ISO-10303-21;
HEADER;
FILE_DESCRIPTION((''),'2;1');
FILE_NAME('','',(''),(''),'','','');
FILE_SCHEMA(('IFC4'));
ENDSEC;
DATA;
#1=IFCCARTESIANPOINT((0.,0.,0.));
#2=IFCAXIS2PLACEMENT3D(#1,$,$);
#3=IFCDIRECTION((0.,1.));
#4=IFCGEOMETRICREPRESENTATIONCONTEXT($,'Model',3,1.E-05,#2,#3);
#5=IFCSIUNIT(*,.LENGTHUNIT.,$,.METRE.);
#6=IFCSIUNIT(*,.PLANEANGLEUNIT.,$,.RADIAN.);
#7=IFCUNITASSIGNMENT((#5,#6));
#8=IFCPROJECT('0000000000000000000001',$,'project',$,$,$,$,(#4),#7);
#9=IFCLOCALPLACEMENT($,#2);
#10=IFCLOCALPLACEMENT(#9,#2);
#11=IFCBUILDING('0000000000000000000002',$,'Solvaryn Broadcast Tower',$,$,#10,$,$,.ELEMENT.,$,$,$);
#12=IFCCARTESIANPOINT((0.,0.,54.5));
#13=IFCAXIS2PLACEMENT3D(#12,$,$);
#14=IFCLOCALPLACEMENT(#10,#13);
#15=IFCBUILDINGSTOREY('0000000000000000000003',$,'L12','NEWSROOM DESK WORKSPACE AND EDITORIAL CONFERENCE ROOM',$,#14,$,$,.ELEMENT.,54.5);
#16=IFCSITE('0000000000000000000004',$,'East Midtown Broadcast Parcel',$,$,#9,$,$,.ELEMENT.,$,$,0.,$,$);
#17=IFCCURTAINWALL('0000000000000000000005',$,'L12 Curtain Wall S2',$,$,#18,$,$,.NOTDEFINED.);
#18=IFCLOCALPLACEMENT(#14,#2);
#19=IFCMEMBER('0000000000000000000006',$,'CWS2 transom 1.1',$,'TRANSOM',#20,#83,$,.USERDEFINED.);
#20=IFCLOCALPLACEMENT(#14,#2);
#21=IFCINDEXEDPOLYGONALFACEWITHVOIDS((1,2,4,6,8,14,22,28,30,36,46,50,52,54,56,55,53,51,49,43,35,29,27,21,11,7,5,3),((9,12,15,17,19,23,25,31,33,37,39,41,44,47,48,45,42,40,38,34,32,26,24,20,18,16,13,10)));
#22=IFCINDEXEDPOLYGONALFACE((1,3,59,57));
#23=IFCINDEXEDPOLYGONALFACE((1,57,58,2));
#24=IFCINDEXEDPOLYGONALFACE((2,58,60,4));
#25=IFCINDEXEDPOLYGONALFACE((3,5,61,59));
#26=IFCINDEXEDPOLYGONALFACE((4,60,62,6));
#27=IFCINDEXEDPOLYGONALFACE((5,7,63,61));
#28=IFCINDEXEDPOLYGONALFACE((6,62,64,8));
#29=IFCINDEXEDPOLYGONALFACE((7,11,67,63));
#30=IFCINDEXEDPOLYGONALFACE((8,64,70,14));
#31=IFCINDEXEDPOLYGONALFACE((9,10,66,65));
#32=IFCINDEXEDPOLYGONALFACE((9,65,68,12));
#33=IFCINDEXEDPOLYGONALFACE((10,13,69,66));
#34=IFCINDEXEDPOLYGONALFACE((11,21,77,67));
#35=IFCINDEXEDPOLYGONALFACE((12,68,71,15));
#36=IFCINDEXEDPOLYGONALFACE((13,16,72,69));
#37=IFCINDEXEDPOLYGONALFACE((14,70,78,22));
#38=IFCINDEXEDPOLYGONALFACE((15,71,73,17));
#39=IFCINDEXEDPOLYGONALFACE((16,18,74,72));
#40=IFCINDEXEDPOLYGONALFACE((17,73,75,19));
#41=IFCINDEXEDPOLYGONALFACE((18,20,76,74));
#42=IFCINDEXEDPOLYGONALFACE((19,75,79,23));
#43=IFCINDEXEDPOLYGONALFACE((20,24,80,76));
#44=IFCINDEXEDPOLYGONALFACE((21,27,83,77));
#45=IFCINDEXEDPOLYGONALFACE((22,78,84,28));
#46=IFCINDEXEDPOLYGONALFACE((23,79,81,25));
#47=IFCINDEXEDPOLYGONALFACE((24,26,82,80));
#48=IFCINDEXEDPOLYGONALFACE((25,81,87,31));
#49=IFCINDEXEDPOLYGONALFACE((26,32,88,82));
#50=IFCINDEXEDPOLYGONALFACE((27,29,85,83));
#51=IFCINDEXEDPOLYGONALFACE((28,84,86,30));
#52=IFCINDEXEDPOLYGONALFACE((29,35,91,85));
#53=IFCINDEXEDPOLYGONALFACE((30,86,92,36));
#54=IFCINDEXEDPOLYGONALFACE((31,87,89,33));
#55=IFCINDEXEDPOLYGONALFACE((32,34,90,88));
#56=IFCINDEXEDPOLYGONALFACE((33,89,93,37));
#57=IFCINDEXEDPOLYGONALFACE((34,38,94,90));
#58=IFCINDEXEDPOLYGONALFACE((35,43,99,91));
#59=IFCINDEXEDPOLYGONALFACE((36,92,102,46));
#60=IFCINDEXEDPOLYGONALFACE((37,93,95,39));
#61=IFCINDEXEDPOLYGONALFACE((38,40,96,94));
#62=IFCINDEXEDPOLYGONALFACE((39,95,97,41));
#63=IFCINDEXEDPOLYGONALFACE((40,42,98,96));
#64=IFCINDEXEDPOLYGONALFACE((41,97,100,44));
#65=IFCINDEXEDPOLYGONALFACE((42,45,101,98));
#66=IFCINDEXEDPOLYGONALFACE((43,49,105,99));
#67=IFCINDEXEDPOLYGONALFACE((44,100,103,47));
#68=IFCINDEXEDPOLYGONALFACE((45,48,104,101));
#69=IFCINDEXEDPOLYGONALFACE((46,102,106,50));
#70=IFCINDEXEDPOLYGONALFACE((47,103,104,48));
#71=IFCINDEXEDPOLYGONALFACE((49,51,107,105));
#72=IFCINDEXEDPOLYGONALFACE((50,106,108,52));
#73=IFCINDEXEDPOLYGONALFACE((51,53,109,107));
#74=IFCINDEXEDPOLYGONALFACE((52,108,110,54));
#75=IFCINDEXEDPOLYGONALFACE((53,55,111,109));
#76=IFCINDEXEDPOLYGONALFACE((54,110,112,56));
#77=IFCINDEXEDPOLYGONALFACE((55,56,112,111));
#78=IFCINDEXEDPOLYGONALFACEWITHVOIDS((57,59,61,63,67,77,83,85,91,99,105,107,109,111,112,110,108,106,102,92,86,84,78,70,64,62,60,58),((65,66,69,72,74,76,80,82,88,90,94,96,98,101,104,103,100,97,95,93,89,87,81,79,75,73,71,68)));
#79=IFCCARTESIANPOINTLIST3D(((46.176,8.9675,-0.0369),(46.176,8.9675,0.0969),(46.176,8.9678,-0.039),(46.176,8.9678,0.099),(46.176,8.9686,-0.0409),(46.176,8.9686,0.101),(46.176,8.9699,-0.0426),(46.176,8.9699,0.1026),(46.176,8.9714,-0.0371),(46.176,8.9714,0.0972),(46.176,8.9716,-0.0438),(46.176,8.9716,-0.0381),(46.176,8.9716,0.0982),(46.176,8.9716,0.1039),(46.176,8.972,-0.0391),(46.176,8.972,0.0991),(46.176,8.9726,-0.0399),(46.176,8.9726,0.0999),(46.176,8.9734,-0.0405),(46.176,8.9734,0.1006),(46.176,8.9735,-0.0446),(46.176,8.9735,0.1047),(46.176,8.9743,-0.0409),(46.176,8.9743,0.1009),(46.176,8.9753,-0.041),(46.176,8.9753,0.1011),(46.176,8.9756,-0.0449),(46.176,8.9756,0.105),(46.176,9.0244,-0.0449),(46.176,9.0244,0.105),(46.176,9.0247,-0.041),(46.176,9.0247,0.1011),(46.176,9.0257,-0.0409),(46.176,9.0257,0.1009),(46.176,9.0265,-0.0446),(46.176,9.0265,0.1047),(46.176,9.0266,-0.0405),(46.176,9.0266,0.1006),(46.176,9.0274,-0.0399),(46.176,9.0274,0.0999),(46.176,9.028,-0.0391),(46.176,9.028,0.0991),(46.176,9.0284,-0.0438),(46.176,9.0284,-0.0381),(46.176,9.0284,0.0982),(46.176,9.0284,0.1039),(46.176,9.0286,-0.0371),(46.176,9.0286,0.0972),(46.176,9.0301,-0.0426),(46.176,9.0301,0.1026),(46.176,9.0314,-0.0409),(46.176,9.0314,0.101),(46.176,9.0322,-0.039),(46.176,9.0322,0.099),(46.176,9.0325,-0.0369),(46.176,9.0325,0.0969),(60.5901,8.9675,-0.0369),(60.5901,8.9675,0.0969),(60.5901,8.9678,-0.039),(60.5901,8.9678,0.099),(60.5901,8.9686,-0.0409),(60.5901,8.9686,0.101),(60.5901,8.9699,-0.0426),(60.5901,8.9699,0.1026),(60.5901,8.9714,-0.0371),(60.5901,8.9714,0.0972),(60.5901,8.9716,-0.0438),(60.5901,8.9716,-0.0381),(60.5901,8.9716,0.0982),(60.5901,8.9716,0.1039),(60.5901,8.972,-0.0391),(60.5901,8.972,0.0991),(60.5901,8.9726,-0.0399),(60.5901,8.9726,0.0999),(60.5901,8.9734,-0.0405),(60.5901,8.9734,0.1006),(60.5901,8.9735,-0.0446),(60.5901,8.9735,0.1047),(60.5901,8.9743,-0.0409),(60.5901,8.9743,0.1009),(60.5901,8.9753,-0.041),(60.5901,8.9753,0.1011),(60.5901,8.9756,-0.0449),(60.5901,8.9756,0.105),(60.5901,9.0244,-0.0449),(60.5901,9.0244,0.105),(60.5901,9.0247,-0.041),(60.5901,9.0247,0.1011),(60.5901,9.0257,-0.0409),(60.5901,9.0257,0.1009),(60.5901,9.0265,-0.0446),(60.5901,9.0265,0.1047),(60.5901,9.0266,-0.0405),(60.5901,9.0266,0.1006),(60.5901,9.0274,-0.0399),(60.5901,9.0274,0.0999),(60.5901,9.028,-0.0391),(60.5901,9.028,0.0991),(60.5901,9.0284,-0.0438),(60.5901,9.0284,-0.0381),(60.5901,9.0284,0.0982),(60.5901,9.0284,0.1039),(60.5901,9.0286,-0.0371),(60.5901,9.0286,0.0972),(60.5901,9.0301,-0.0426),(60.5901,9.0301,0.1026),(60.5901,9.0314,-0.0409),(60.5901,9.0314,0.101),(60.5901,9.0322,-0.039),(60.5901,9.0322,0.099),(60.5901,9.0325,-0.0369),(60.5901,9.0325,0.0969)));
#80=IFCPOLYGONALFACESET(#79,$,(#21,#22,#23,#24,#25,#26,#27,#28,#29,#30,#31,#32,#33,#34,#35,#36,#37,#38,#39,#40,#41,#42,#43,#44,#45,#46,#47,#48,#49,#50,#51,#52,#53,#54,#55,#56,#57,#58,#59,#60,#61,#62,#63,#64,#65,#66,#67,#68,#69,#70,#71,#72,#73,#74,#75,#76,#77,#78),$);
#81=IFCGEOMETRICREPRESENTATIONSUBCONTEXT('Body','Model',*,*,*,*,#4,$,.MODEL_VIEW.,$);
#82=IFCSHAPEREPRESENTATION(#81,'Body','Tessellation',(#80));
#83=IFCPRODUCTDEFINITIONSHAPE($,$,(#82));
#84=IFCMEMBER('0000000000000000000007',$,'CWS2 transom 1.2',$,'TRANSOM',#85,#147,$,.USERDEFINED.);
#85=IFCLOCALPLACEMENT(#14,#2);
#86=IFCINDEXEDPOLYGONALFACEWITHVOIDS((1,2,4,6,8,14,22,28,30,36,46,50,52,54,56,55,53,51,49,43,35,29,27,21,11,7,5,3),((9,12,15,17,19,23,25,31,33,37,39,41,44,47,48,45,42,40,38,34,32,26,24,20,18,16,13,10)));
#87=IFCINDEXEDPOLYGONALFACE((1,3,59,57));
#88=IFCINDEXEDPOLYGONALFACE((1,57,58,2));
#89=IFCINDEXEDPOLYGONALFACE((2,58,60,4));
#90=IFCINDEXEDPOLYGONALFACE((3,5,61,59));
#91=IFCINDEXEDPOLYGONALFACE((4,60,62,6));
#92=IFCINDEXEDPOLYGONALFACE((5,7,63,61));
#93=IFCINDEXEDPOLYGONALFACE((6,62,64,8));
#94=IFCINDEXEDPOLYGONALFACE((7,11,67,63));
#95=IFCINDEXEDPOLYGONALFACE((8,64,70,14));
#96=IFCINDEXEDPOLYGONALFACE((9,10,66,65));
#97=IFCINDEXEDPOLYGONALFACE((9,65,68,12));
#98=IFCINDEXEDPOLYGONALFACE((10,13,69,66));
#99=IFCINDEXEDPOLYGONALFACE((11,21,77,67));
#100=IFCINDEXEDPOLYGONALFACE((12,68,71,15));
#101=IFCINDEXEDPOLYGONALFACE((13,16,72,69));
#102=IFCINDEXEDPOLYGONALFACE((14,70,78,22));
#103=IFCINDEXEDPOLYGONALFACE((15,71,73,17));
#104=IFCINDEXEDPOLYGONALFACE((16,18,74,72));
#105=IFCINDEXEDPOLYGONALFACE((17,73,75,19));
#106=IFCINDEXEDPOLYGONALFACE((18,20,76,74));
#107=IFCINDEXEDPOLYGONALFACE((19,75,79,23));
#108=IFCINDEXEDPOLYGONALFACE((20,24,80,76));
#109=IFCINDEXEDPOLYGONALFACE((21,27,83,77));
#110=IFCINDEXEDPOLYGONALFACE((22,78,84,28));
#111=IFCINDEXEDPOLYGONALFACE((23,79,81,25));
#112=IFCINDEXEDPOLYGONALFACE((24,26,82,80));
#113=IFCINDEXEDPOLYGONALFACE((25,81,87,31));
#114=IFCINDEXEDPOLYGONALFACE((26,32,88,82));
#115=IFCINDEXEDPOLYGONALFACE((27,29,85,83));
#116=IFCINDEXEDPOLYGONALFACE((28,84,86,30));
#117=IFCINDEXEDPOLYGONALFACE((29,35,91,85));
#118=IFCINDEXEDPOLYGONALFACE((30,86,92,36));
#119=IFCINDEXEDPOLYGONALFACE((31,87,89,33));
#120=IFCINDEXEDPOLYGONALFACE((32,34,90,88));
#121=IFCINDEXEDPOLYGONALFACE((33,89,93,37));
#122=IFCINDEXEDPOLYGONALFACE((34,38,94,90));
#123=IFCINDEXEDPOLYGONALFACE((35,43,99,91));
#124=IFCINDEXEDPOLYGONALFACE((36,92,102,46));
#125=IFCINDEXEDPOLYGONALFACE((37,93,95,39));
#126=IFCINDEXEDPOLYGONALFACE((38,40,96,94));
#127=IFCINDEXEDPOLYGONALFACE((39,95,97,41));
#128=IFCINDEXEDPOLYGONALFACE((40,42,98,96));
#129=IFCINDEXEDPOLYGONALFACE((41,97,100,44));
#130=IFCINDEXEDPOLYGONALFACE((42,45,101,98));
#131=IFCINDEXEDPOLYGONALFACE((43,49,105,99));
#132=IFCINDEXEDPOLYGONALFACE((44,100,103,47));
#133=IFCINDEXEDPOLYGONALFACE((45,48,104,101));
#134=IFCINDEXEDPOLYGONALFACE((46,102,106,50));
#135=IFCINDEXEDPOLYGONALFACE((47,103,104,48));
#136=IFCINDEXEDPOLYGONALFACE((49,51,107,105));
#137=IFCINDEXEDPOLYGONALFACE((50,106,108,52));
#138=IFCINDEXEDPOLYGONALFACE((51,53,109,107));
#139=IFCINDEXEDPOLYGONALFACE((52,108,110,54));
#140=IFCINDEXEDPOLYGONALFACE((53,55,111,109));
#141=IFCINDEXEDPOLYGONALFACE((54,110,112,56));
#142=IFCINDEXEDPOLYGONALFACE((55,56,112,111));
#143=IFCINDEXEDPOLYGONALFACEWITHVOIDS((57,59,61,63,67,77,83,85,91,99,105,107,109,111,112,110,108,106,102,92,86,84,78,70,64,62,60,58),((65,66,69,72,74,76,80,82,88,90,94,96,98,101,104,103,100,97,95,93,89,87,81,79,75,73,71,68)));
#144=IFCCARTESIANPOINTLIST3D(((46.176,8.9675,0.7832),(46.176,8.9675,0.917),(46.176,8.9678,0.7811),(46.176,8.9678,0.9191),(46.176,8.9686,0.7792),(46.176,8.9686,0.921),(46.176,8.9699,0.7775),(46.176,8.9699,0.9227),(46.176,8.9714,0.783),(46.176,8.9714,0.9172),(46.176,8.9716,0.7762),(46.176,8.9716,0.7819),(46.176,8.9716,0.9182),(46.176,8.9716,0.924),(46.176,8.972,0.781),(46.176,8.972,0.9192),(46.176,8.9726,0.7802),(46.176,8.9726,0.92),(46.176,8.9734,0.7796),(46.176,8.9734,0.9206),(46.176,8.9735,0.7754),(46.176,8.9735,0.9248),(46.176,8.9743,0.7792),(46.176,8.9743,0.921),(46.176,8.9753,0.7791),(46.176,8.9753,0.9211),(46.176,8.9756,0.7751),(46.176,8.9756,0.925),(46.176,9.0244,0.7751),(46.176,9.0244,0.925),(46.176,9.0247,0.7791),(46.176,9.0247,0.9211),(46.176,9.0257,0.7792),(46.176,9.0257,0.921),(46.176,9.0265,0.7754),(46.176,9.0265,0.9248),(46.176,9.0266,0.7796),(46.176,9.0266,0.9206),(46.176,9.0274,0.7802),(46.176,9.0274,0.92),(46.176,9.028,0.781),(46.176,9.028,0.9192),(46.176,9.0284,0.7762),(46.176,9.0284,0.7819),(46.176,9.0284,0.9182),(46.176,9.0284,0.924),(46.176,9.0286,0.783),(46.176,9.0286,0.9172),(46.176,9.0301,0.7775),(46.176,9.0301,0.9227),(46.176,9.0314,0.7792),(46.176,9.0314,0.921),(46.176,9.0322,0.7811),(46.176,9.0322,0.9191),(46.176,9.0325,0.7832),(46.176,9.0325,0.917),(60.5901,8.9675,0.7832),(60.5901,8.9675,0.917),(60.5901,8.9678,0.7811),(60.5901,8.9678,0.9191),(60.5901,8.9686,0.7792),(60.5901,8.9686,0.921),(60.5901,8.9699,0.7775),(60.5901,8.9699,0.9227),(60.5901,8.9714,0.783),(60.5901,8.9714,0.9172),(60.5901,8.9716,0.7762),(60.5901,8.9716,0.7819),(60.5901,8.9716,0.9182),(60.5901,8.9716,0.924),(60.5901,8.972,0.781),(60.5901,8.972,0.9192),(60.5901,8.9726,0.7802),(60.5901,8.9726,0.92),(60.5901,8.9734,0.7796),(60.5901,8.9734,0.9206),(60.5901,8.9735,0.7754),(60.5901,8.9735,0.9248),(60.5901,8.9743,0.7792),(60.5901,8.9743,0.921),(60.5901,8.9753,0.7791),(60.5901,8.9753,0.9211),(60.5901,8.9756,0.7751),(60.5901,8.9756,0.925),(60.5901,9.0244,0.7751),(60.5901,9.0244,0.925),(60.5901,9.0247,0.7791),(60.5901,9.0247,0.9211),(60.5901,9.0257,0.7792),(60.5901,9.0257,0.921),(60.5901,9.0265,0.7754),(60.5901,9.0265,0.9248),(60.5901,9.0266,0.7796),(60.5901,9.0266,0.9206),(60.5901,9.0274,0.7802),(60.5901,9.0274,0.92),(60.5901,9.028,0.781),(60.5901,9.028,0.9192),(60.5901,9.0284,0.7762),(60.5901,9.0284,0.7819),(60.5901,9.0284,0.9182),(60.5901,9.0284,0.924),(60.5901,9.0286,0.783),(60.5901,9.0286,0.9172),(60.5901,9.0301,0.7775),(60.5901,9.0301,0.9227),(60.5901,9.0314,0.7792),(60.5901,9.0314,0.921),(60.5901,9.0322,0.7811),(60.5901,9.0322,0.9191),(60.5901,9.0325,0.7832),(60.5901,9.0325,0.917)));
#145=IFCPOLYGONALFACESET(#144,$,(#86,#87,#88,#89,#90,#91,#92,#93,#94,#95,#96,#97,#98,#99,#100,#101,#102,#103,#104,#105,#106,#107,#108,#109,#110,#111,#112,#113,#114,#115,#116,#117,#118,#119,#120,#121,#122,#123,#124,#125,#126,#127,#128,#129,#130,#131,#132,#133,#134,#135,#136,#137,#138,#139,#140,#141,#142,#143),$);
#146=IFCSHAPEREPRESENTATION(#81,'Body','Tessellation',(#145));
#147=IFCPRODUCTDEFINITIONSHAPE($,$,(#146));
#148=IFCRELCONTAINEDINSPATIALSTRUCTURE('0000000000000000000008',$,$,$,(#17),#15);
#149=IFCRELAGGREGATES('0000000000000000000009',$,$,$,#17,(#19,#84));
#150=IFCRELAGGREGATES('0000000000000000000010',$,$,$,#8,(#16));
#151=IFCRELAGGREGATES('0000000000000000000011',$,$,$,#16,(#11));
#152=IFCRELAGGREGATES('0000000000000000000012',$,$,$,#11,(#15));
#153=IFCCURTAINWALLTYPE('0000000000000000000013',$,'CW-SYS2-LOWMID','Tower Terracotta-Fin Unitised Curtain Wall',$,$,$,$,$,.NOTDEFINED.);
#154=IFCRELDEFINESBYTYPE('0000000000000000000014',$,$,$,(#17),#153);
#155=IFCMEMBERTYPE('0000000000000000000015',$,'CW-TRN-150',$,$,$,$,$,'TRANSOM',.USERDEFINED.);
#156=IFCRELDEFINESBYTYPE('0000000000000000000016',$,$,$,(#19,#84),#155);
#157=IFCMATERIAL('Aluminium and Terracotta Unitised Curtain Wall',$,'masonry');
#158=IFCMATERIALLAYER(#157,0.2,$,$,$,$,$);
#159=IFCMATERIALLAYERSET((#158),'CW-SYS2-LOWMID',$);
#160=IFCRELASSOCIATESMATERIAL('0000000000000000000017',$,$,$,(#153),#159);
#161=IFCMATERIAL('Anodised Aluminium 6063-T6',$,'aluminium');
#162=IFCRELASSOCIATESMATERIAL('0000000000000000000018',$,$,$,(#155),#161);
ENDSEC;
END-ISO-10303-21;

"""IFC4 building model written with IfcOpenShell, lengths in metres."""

from ifc_helpers import new_model, si_unit, direction, frame, origin, origin_2d, place, context, subcontext, project, spatial, hollow_rectangle, extrude, material, layer, layer_set, material_profile, profile_set, type_object, element, aggregate, save


model = new_model("IFC4")

# Units and contexts
model_context = context("Model", 3, precision=1e-05, world=origin(), true_north=direction((0.0, 1.0)))
body_context = subcontext(model_context, "Body", "Model", "MODEL_VIEW")
ifc_project = project(units=[si_unit("LENGTHUNIT", "METRE"), si_unit("PLANEANGLEUNIT", "RADIAN")], contexts=[model_context])

# Site, building, storey
site_placement = place(None, origin())
site = spatial("IfcSite", under=ifc_project, at=site_placement, Name="East Midtown Broadcast Parcel", CompositionType="ELEMENT", RefElevation=0.0)
building_placement = place(site_placement, origin())
building = spatial("IfcBuilding", under=site, at=building_placement, Name="Solvaryn Broadcast Tower", CompositionType="ELEMENT")
storey_placement = place(building_placement, frame((0.0, 0.0, 54.5)))
storey = spatial("IfcBuildingStorey", under=building, at=storey_placement, Name="L12", Description="NEWSROOM DESK WORKSPACE AND EDITORIAL CONFERENCE ROOM", CompositionType="ELEMENT", Elevation=54.5)

# Shared definitions
ifc_material_1 = material(Name="Aluminium and Terracotta Unitised Curtain Wall", Category="masonry")
ifc_layer_1 = layer(ifc_material_1, 0.2)
ifc_layer_set_1 = layer_set([ifc_layer_1], Name="CW-SYS2-LOWMID")
curtain_wall_type = type_object("IfcCurtainWallType", Name="CW-SYS2-LOWMID", Description="Tower Terracotta-Fin Unitised Curtain Wall", PredefinedType="NOTDEFINED", material=ifc_layer_set_1)

# Curtain wall, members
curtain_wall_1_placement = place(storey_placement, origin())
curtain_wall_1 = element("IfcCurtainWall", 1, at=curtain_wall_1_placement, inside=storey, type_object=curtain_wall_type, Name="L12 Curtain Wall S2", PredefinedType="NOTDEFINED")
ifc_material_2 = material(Name="Anodised Aluminium 6063-T6", Category="aluminium")
ifc_material_profile_1 = material_profile(ifc_material_2, hollow_rectangle(XDim=0.0649, YDim=0.1499, WallThickness=0.0039, InnerFilletRadius=0.0039, OuterFilletRadius=0.0081, at=origin_2d()))
ifc_profile_set_1 = profile_set([ifc_material_profile_1], Name="Anodised Aluminium 6063-T6")
member_type_1 = type_object("IfcMemberType", Name="CW-TRN-150", ElementType="TRANSOM", PredefinedType="USERDEFINED", material=ifc_profile_set_1)
member_1_placement = place(storey_placement, frame((46.176, 9.0, 0.03), z_axis=(1.0, 0.0, 0.0), x_axis=(0.0, 1.0, 0.0)))
member_1 = element("IfcMember", 2, at=member_1_placement, type_object=member_type_1, Name="CWS2 transom 1.1", ObjectType="TRANSOM", PredefinedType="USERDEFINED", context=body_context, shape_type="SweptSolid", body=[
    extrude(hollow_rectangle(XDim=0.0649, YDim=0.1499, WallThickness=0.0039, InnerFilletRadius=0.0039, OuterFilletRadius=0.0081, at=origin_2d()), origin(), (0.0, 0.0, 1.0), 14.4141),
])
member_2_placement = place(storey_placement, frame((46.176, 9.0, 0.8501), z_axis=(1.0, 0.0, 0.0), x_axis=(0.0, 1.0, 0.0)))
member_2 = element("IfcMember", 3, at=member_2_placement, type_object=member_type_1, Name="CWS2 transom 1.2", ObjectType="TRANSOM", PredefinedType="USERDEFINED", context=body_context, shape_type="SweptSolid", body=[
    extrude(hollow_rectangle(XDim=0.0649, YDim=0.1499, WallThickness=0.0039, InnerFilletRadius=0.0039, OuterFilletRadius=0.0081, at=origin_2d()), origin(), (0.0, 0.0, 1.0), 14.4141),
])
aggregate(curtain_wall_1, [member_1, member_2])

save(model, "model.ifc")
